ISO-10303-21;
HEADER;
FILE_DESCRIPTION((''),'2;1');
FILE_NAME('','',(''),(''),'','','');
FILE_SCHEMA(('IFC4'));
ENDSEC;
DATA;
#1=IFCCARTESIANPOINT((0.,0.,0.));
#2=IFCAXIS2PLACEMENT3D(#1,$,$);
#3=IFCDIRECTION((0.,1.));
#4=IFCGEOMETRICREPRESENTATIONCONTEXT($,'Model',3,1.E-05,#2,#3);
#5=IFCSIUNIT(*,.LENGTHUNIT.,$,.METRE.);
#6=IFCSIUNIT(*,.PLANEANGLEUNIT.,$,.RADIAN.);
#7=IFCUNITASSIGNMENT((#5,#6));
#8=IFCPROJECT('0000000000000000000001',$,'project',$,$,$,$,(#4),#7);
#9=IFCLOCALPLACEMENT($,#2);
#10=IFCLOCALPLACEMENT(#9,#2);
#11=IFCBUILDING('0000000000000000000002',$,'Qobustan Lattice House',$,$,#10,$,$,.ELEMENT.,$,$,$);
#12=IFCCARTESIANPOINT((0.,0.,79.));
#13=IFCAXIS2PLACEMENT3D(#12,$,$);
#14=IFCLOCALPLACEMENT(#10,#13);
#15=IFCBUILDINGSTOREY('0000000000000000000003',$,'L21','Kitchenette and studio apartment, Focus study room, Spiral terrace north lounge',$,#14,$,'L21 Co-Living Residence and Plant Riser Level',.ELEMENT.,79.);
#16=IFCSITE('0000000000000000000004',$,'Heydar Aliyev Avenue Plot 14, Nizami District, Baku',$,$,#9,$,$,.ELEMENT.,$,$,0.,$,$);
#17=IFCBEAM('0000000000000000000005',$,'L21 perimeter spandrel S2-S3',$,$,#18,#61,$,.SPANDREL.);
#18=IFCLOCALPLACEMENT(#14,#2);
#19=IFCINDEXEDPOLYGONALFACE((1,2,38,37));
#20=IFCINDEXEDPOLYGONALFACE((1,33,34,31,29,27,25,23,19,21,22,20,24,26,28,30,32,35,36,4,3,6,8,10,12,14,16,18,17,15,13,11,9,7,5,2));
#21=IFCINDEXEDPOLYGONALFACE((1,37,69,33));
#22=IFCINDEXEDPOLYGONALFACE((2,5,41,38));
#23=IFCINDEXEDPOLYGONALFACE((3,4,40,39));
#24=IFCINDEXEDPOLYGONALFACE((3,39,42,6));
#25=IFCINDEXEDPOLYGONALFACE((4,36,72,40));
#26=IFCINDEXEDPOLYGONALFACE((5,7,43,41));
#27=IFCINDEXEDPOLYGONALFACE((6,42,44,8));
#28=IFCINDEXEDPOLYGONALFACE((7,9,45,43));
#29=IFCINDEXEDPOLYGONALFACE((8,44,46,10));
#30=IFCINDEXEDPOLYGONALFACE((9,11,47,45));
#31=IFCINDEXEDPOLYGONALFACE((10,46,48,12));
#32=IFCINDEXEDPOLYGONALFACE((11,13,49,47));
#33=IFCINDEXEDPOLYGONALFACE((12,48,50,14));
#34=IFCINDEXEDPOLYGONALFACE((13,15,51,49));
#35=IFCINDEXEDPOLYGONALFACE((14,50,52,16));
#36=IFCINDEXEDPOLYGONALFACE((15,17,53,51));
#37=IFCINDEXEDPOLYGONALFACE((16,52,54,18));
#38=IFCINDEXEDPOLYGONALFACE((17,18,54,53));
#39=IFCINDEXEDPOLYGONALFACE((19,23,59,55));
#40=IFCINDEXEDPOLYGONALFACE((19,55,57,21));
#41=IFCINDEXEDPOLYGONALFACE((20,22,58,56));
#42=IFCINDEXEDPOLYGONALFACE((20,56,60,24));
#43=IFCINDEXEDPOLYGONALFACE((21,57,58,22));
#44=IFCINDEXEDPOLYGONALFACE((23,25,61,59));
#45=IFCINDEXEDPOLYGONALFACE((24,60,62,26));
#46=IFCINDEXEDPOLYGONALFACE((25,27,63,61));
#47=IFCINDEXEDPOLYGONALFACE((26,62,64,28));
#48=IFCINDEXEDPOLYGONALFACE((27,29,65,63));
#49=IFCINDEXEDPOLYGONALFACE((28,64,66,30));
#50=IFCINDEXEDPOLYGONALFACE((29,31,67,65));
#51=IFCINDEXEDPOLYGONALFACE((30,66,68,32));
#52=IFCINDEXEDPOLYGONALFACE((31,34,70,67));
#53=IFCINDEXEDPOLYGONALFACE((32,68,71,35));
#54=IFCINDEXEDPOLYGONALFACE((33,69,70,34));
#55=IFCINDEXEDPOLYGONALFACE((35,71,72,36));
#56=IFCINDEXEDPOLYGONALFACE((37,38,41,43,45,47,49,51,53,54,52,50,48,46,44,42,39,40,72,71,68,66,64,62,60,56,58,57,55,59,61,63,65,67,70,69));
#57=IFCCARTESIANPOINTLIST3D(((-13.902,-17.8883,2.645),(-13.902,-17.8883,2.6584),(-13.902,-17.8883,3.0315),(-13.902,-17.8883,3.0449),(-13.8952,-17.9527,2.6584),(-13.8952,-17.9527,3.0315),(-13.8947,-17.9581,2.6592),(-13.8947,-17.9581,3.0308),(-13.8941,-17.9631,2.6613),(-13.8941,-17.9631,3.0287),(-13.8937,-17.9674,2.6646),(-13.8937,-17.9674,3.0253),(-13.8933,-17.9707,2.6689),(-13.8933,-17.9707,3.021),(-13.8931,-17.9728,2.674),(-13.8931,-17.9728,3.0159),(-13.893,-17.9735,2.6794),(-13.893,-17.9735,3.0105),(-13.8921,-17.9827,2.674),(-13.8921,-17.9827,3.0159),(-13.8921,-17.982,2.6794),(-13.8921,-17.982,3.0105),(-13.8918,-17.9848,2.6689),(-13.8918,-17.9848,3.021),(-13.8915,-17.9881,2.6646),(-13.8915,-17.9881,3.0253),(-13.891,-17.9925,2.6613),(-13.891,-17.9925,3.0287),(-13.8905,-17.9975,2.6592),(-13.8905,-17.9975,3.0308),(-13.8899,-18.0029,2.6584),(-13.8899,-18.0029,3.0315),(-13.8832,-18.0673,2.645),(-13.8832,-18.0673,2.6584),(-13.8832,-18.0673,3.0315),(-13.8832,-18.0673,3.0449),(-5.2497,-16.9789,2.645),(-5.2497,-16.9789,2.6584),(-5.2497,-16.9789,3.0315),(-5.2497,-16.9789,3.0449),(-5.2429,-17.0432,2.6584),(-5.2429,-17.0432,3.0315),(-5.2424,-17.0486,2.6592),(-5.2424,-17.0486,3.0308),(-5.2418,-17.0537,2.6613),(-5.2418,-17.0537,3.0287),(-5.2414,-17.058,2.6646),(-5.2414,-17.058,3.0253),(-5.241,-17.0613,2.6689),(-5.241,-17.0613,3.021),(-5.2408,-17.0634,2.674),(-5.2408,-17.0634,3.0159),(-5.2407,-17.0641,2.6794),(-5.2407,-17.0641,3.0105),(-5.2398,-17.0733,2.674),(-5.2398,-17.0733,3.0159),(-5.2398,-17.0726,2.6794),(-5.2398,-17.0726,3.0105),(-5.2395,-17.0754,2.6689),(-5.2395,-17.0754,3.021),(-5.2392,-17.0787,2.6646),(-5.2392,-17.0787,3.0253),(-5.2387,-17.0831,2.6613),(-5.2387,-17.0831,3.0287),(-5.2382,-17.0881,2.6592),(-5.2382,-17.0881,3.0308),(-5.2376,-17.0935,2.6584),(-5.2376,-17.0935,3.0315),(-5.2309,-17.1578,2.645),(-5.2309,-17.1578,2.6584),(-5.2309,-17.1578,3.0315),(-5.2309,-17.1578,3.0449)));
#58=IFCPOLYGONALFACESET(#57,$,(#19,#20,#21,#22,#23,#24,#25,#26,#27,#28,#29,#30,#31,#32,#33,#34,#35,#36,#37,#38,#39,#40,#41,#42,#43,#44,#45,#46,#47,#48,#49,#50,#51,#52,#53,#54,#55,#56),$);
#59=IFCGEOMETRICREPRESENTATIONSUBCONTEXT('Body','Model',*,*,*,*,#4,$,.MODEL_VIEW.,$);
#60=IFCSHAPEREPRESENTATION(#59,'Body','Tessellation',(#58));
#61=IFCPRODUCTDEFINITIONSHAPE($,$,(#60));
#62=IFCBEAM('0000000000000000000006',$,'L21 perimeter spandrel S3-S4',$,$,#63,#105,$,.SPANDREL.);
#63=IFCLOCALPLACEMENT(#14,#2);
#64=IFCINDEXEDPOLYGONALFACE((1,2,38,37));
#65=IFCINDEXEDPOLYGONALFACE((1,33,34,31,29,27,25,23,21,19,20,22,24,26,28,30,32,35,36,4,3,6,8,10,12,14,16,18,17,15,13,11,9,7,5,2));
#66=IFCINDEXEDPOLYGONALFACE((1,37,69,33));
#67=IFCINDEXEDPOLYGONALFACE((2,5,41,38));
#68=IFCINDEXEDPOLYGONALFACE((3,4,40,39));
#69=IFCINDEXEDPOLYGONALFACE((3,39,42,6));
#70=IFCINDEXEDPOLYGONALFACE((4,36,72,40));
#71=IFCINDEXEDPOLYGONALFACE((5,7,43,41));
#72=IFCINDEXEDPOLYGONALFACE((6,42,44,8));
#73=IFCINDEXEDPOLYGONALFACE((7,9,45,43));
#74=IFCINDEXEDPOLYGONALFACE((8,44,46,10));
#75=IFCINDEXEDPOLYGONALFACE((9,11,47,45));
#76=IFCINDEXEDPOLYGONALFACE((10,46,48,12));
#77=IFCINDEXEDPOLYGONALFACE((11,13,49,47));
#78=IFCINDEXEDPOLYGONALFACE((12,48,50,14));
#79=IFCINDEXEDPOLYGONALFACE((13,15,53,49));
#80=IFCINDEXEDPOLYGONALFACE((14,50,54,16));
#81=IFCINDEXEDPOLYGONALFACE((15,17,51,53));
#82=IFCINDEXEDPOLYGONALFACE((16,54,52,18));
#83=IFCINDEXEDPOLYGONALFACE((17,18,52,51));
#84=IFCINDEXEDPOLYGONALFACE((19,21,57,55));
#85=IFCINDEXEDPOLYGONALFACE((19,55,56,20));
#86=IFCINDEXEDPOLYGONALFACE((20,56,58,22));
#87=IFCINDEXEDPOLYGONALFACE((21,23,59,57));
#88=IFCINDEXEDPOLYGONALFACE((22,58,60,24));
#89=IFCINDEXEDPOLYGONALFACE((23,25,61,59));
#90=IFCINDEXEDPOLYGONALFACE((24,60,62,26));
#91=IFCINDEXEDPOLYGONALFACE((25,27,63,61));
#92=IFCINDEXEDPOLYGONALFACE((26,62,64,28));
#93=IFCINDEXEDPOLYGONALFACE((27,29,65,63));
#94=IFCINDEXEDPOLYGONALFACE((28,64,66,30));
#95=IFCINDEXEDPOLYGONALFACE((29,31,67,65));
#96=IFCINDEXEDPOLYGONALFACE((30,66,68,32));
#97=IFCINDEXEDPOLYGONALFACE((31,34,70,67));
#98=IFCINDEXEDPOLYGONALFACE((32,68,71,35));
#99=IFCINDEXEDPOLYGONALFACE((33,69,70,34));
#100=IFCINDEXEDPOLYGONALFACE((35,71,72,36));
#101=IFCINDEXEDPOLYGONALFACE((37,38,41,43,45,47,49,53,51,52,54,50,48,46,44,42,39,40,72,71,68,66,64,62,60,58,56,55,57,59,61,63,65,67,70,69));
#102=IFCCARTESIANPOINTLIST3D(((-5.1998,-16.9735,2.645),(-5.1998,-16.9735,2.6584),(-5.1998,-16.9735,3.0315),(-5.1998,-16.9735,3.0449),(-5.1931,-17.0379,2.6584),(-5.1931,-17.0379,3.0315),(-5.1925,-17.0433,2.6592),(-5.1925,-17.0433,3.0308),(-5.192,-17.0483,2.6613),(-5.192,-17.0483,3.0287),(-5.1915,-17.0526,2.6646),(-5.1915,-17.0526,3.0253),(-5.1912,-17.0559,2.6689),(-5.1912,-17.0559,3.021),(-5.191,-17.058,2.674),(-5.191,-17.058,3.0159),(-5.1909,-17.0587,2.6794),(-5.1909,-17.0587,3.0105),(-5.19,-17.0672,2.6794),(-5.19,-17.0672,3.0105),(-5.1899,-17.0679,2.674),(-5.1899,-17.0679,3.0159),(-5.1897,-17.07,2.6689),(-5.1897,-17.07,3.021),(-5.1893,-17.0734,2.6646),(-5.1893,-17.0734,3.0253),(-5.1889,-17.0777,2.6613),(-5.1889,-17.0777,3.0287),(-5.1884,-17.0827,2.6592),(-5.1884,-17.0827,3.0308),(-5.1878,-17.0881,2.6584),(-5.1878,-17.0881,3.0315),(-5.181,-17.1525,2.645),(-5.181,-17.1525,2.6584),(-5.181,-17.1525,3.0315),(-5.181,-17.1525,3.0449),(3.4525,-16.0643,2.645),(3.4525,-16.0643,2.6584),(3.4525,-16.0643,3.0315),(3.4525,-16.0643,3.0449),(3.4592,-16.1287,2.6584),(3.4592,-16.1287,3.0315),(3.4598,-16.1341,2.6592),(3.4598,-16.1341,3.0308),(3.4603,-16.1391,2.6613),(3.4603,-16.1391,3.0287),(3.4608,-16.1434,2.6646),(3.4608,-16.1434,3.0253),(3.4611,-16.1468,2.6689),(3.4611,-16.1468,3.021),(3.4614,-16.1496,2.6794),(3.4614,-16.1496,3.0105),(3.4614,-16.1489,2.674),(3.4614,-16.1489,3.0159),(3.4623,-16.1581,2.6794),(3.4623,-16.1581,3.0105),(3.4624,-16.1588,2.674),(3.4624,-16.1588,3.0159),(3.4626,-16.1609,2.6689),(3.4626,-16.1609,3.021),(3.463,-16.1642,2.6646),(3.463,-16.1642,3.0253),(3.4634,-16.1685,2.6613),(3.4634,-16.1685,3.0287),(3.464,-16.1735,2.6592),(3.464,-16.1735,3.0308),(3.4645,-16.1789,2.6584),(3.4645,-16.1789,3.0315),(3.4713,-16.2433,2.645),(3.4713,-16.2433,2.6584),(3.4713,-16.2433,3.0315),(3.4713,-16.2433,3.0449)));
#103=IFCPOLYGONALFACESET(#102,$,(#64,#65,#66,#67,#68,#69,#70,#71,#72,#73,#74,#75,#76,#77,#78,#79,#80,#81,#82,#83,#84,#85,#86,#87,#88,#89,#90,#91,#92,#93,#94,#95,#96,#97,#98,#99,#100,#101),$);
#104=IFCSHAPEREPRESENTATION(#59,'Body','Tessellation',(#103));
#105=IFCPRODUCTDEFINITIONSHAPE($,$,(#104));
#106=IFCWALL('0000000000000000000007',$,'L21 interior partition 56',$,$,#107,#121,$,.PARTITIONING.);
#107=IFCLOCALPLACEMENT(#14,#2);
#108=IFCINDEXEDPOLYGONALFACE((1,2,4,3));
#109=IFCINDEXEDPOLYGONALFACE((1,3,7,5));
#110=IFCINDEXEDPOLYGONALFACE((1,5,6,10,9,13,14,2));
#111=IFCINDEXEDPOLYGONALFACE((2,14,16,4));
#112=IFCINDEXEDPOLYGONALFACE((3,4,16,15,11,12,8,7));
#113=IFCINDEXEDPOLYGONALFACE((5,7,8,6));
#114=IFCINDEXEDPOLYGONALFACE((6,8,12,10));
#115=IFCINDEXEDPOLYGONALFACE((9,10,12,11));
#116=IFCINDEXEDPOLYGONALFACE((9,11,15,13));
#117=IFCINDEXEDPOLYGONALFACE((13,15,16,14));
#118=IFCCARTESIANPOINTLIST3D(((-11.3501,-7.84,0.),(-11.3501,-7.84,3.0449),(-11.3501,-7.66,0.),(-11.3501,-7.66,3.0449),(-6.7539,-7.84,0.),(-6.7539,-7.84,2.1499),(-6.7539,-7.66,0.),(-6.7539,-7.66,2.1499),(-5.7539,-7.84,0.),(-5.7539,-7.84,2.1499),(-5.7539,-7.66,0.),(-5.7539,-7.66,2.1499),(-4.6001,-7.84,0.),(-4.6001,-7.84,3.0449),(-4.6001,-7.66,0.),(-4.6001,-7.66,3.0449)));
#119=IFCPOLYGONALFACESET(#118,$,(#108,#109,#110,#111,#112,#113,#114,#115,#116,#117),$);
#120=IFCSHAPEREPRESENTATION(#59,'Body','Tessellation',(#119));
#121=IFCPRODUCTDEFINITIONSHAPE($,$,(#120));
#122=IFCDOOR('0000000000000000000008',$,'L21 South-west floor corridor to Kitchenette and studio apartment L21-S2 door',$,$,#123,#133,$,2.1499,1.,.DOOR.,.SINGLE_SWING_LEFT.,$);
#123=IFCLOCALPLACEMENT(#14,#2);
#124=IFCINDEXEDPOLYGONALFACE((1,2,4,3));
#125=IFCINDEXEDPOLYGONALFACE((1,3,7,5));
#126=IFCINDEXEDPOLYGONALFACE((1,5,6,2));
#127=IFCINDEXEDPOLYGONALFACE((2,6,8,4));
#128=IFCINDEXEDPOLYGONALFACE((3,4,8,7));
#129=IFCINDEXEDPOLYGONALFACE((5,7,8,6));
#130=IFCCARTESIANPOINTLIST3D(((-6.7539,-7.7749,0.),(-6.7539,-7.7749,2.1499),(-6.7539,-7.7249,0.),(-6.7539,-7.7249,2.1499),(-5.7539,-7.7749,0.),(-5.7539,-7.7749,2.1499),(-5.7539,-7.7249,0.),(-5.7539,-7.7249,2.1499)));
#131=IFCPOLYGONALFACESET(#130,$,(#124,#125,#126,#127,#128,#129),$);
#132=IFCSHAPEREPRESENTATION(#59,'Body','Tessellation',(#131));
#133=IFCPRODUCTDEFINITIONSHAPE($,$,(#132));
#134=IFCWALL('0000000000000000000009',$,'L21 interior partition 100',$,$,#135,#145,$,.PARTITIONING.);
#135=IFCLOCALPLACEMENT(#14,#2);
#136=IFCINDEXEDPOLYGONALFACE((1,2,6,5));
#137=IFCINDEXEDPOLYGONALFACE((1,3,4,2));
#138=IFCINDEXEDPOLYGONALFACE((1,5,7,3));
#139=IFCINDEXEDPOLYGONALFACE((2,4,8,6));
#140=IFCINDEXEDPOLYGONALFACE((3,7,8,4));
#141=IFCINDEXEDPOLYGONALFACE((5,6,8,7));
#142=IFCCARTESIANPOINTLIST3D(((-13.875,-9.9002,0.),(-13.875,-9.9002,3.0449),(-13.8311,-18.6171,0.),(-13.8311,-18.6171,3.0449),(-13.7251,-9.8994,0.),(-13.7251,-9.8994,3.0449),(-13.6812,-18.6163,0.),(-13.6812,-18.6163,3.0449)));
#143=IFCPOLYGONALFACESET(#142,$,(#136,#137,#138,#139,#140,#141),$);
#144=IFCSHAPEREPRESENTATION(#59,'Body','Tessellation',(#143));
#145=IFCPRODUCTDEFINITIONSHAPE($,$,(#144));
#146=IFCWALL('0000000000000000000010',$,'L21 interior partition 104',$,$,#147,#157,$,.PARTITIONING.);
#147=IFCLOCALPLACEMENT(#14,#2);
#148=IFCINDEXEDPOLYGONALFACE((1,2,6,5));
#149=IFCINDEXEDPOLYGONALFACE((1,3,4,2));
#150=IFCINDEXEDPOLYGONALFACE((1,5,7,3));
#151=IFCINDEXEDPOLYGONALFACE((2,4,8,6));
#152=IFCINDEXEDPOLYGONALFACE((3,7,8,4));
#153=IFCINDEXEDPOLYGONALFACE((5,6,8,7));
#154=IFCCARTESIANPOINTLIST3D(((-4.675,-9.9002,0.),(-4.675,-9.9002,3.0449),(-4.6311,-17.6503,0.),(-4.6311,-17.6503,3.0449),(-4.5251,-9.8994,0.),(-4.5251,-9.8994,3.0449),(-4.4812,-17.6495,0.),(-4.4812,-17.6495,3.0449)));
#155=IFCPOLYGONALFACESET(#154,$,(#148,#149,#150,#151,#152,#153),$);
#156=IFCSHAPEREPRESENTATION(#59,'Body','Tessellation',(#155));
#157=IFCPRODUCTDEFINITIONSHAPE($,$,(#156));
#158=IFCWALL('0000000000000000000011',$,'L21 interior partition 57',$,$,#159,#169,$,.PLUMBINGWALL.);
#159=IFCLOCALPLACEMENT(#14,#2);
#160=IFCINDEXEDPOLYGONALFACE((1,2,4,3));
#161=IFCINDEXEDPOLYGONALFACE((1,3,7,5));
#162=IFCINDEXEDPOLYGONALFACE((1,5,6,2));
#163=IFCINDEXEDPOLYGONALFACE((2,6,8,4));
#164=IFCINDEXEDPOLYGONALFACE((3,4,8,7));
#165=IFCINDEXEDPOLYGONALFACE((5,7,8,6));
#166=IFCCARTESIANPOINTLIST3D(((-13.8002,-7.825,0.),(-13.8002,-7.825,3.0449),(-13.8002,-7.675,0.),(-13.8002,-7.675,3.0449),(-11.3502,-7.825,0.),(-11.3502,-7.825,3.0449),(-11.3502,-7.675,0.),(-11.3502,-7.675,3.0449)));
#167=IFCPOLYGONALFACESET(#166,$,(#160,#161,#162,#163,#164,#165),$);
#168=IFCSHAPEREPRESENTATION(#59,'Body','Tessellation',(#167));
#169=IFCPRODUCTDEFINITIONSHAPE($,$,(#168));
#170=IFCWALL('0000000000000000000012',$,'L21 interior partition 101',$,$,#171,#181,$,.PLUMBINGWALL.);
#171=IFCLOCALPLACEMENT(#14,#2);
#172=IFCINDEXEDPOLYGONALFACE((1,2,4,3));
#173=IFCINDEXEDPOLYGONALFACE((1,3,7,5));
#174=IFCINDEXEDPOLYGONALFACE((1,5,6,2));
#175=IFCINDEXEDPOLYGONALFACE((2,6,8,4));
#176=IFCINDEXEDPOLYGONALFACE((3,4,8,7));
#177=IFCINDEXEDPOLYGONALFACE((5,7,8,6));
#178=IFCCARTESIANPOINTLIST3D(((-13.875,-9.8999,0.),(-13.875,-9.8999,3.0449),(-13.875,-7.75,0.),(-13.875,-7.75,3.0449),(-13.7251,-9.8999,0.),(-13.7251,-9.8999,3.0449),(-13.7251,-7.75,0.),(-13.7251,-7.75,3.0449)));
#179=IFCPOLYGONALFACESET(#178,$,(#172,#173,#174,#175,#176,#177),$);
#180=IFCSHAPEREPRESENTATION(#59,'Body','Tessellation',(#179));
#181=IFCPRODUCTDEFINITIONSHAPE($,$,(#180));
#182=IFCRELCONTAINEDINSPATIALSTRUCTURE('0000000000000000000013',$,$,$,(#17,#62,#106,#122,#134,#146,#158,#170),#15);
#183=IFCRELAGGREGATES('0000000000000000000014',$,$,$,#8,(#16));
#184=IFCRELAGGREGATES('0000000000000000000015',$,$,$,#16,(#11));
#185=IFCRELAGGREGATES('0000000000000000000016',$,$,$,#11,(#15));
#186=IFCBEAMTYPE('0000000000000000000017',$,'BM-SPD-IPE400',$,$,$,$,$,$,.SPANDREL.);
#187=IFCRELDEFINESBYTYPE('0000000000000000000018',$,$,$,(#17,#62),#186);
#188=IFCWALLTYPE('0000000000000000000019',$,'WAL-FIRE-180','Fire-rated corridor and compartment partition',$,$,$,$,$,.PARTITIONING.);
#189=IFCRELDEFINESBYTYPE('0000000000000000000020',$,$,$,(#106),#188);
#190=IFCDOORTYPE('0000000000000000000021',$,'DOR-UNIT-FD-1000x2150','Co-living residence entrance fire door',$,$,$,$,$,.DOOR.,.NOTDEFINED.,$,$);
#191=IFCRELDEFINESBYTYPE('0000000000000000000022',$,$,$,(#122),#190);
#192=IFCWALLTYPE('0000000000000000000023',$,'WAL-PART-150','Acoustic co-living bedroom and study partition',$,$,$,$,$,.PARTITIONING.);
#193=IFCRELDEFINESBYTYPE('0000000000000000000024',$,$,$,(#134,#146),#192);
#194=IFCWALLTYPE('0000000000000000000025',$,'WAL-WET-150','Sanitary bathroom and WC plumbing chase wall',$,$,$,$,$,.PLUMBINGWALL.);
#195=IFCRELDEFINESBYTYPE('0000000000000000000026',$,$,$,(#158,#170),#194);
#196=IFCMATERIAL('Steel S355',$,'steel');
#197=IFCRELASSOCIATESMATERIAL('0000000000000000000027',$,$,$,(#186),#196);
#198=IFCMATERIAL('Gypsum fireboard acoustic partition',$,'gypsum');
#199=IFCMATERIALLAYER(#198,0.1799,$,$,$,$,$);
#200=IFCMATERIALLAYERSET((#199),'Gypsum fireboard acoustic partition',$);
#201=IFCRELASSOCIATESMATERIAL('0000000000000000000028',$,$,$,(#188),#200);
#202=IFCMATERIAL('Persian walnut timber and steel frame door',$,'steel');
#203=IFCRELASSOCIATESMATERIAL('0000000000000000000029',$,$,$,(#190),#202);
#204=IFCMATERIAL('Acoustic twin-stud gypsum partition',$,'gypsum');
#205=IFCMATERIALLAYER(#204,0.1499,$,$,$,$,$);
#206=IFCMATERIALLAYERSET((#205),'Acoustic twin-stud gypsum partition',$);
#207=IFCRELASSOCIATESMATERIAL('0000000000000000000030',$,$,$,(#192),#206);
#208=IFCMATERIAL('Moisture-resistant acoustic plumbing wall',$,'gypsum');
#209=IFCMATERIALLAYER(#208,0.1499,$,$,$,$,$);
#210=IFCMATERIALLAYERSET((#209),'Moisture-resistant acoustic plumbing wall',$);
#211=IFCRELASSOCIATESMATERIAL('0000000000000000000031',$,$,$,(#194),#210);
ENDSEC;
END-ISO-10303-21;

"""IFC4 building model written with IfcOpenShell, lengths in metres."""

from ifc_helpers import new_model, si_unit, direction, frame, frame_2d, origin, origin_2d, place, context, subcontext, project, spatial, rectangle, i_section, extrude, material, layer, layer_set, material_profile, profile_set, type_object, element, fill, save


model = new_model("IFC4")

# Units and contexts
model_context = context("Model", 3, precision=1e-05, world=origin(), true_north=direction((0.0, 1.0)))
body_context = subcontext(model_context, "Body", "Model", "MODEL_VIEW")
ifc_project = project(units=[si_unit("LENGTHUNIT", "METRE"), si_unit("PLANEANGLEUNIT", "RADIAN")], contexts=[model_context])

# Site, building, storey
site_placement = place(None, origin())
site = spatial("IfcSite", under=ifc_project, at=site_placement, Name="Heydar Aliyev Avenue Plot 14, Nizami District, Baku", CompositionType="ELEMENT", RefElevation=0.0)
building_placement = place(site_placement, origin())
building = spatial("IfcBuilding", under=site, at=building_placement, Name="Qobustan Lattice House", CompositionType="ELEMENT")
storey_placement = place(building_placement, frame((0.0, 0.0, 79.0)))
storey = spatial("IfcBuildingStorey", under=building, at=storey_placement, Name="L21", Description="Kitchenette and studio apartment, Focus study room, Spiral terrace north lounge", LongName="L21 Co-Living Residence and Plant Riser Level", CompositionType="ELEMENT", Elevation=79.0)

# Beams
ifc_material_1 = material(Name="Steel S355", Category="steel")
ifc_material_profile_1 = material_profile(ifc_material_1, i_section(OverallWidth=0.1799, OverallDepth=0.3999, WebThickness=0.0085, FlangeThickness=0.0134, FilletRadius=0.021, at=origin_2d()), Name="IPE400")
ifc_profile_set_1 = profile_set([ifc_material_profile_1], Name="Steel S355")
beam_type_1 = type_object("IfcBeamType", Name="BM-SPD-IPE400", PredefinedType="SPANDREL", material=ifc_profile_set_1)
for number, where, z_axis, x_axis, name in (
    (1, (-13.8926, -17.9778, 2.845), (0.994522, 0.104531, 0.0), (-0.104531, 0.994522, 0.0), "L21 perimeter spandrel S2-S3"),
    (2, (-5.1904, -17.063, 2.845), (0.994525, 0.104504, 0.0), (-0.104504, 0.994525, 0.0), "L21 perimeter spandrel S3-S4"),
):
    element("IfcBeam", number, at=place(storey_placement, frame(where, z_axis=z_axis, x_axis=x_axis)), inside=storey, type_object=beam_type_1, Name=name, PredefinedType="SPANDREL", context=body_context, shape_type="SweptSolid", body=[
        extrude(i_section(OverallWidth=0.1799, OverallDepth=0.3999, WebThickness=0.0085, FlangeThickness=0.0134, FilletRadius=0.021, at=origin_2d()), origin(), (0.0, 0.0, 1.0), 8.7),
    ])

# Wall, opening, door
ifc_material_2 = material(Name="Gypsum fireboard acoustic partition", Category="gypsum")
ifc_layer_1 = layer(ifc_material_2, 0.1799)
ifc_layer_set_1 = layer_set([ifc_layer_1], Name="Gypsum fireboard acoustic partition")
wall_type_1 = type_object("IfcWallType", Name="WAL-FIRE-180", Description="Fire-rated corridor and compartment partition", PredefinedType="PARTITIONING", material=ifc_layer_set_1)
wall_1_placement = place(storey_placement, frame((-4.6001, -7.75, 0.0), z_axis=(0.0, 0.0, 1.0), x_axis=(-1.0, 0.0, 0.0)))
wall_1 = element("IfcWall", 3, at=wall_1_placement, inside=storey, type_object=wall_type_1, Name="L21 interior partition 56", PredefinedType="PARTITIONING", context=body_context, shape_type="SweptSolid", body=[
    extrude(rectangle(XDim=6.75, YDim=0.1799, at=frame_2d((3.375, 0.0))), origin(), (0.0, 0.0, 1.0), 3.0449),
])
opening_1_placement = place(wall_1_placement, frame((1.1538, 0.0, 0.0)))
opening_1 = element("IfcOpeningElement", 4, at=opening_1_placement, cuts=wall_1, PredefinedType="OPENING", context=body_context, shape_type="SweptSolid", body=[
    extrude(rectangle(XDim=1.0, YDim=2.1499, at=frame_2d((0.5, 1.075))), frame((0.0, 0.0999, 0.0), z_axis=(0.0, -1.0, 0.0), x_axis=(1.0, 0.0, 0.0)), (0.0, 0.0, 1.0), 0.2),
])
ifc_material_3 = material(Name="Persian walnut timber and steel frame door", Category="steel")
door_type_1 = type_object("IfcDoorType", Name="DOR-UNIT-FD-1000x2150", Description="Co-living residence entrance fire door", OperationType="NOTDEFINED", PredefinedType="DOOR", material=ifc_material_3)
door_1_placement = place(opening_1_placement, origin())
door_1 = element("IfcDoor", 5, at=door_1_placement, inside=storey, type_object=door_type_1, Name="L21 South-west floor corridor to Kitchenette and studio apartment L21-S2 door", OperationType="SINGLE_SWING_LEFT", OverallHeight=2.1499, OverallWidth=1.0, PredefinedType="DOOR", context=body_context, shape_type="SweptSolid", body=[
    extrude(rectangle(XDim=1.0, YDim=2.1499, at=frame_2d((0.5, 1.075))), frame((0.0, 0.0249, 0.0), z_axis=(0.0, -1.0, 0.0), x_axis=(1.0, 0.0, 0.0)), (0.0, 0.0, 1.0), 0.05),
])
fill(opening_1, door_1)
ifc_material_4 = material(Name="Acoustic twin-stud gypsum partition", Category="gypsum")
ifc_layer_2 = layer(ifc_material_4, 0.1499)
ifc_layer_set_2 = layer_set([ifc_layer_2], Name="Acoustic twin-stud gypsum partition")
wall_type_2 = type_object("IfcWallType", Name="WAL-PART-150", Description="Acoustic co-living bedroom and study partition", PredefinedType="PARTITIONING", material=ifc_layer_set_2)

# Walls
wall_2_placement = place(storey_placement, frame((-13.8, -9.8999, 0.0), z_axis=(0.0, 0.0, 1.0), x_axis=(0.005041, -0.999987, 0.0)))
element("IfcWall", 6, at=wall_2_placement, inside=storey, type_object=wall_type_2, Name="L21 interior partition 100", PredefinedType="PARTITIONING", context=body_context, shape_type="SweptSolid", body=[
    extrude(rectangle(XDim=8.717, YDim=0.1499, at=frame_2d((4.3584, 0.0))), origin(), (0.0, 0.0, 1.0), 3.0449),
])
wall_3_placement = place(storey_placement, frame((-4.6001, -9.8999, 0.0), z_axis=(0.0, 0.0, 1.0), x_axis=(0.00567, -0.999984, 0.0)))
element("IfcWall", 7, at=wall_3_placement, inside=storey, type_object=wall_type_2, Name="L21 interior partition 104", PredefinedType="PARTITIONING", context=body_context, shape_type="SweptSolid", body=[
    extrude(rectangle(XDim=7.7502, YDim=0.1499, at=frame_2d((3.875, 0.0))), origin(), (0.0, 0.0, 1.0), 3.0449),
])
ifc_material_5 = material(Name="Moisture-resistant acoustic plumbing wall", Category="gypsum")
ifc_layer_3 = layer(ifc_material_5, 0.1499)
ifc_layer_set_3 = layer_set([ifc_layer_3], Name="Moisture-resistant acoustic plumbing wall")
wall_type_3 = type_object("IfcWallType", Name="WAL-WET-150", Description="Sanitary bathroom and WC plumbing chase wall", PredefinedType="PLUMBINGWALL", material=ifc_layer_set_3)
wall_4_placement = place(storey_placement, frame((-11.3501, -7.75, 0.0), z_axis=(0.0, 0.0, 1.0), x_axis=(-1.0, 0.0, 0.0)))
element("IfcWall", 8, at=wall_4_placement, inside=storey, type_object=wall_type_3, Name="L21 interior partition 57", PredefinedType="PLUMBINGWALL", context=body_context, shape_type="SweptSolid", body=[
    extrude(rectangle(XDim=2.45, YDim=0.1499, at=frame_2d((1.2251, 0.0))), origin(), (0.0, 0.0, 1.0), 3.0449),
])
wall_5_placement = place(storey_placement, frame((-13.8, -7.75, 0.0), z_axis=(0.0, 0.0, 1.0), x_axis=(0.0, -1.0, 0.0)))
element("IfcWall", 9, at=wall_5_placement, inside=storey, type_object=wall_type_3, Name="L21 interior partition 101", PredefinedType="PLUMBINGWALL", context=body_context, shape_type="SweptSolid", body=[
    extrude(rectangle(XDim=2.1499, YDim=0.1499, at=frame_2d((1.075, 0.0))), origin(), (0.0, 0.0, 1.0), 3.0449),
])

save(model, "model.ifc")
